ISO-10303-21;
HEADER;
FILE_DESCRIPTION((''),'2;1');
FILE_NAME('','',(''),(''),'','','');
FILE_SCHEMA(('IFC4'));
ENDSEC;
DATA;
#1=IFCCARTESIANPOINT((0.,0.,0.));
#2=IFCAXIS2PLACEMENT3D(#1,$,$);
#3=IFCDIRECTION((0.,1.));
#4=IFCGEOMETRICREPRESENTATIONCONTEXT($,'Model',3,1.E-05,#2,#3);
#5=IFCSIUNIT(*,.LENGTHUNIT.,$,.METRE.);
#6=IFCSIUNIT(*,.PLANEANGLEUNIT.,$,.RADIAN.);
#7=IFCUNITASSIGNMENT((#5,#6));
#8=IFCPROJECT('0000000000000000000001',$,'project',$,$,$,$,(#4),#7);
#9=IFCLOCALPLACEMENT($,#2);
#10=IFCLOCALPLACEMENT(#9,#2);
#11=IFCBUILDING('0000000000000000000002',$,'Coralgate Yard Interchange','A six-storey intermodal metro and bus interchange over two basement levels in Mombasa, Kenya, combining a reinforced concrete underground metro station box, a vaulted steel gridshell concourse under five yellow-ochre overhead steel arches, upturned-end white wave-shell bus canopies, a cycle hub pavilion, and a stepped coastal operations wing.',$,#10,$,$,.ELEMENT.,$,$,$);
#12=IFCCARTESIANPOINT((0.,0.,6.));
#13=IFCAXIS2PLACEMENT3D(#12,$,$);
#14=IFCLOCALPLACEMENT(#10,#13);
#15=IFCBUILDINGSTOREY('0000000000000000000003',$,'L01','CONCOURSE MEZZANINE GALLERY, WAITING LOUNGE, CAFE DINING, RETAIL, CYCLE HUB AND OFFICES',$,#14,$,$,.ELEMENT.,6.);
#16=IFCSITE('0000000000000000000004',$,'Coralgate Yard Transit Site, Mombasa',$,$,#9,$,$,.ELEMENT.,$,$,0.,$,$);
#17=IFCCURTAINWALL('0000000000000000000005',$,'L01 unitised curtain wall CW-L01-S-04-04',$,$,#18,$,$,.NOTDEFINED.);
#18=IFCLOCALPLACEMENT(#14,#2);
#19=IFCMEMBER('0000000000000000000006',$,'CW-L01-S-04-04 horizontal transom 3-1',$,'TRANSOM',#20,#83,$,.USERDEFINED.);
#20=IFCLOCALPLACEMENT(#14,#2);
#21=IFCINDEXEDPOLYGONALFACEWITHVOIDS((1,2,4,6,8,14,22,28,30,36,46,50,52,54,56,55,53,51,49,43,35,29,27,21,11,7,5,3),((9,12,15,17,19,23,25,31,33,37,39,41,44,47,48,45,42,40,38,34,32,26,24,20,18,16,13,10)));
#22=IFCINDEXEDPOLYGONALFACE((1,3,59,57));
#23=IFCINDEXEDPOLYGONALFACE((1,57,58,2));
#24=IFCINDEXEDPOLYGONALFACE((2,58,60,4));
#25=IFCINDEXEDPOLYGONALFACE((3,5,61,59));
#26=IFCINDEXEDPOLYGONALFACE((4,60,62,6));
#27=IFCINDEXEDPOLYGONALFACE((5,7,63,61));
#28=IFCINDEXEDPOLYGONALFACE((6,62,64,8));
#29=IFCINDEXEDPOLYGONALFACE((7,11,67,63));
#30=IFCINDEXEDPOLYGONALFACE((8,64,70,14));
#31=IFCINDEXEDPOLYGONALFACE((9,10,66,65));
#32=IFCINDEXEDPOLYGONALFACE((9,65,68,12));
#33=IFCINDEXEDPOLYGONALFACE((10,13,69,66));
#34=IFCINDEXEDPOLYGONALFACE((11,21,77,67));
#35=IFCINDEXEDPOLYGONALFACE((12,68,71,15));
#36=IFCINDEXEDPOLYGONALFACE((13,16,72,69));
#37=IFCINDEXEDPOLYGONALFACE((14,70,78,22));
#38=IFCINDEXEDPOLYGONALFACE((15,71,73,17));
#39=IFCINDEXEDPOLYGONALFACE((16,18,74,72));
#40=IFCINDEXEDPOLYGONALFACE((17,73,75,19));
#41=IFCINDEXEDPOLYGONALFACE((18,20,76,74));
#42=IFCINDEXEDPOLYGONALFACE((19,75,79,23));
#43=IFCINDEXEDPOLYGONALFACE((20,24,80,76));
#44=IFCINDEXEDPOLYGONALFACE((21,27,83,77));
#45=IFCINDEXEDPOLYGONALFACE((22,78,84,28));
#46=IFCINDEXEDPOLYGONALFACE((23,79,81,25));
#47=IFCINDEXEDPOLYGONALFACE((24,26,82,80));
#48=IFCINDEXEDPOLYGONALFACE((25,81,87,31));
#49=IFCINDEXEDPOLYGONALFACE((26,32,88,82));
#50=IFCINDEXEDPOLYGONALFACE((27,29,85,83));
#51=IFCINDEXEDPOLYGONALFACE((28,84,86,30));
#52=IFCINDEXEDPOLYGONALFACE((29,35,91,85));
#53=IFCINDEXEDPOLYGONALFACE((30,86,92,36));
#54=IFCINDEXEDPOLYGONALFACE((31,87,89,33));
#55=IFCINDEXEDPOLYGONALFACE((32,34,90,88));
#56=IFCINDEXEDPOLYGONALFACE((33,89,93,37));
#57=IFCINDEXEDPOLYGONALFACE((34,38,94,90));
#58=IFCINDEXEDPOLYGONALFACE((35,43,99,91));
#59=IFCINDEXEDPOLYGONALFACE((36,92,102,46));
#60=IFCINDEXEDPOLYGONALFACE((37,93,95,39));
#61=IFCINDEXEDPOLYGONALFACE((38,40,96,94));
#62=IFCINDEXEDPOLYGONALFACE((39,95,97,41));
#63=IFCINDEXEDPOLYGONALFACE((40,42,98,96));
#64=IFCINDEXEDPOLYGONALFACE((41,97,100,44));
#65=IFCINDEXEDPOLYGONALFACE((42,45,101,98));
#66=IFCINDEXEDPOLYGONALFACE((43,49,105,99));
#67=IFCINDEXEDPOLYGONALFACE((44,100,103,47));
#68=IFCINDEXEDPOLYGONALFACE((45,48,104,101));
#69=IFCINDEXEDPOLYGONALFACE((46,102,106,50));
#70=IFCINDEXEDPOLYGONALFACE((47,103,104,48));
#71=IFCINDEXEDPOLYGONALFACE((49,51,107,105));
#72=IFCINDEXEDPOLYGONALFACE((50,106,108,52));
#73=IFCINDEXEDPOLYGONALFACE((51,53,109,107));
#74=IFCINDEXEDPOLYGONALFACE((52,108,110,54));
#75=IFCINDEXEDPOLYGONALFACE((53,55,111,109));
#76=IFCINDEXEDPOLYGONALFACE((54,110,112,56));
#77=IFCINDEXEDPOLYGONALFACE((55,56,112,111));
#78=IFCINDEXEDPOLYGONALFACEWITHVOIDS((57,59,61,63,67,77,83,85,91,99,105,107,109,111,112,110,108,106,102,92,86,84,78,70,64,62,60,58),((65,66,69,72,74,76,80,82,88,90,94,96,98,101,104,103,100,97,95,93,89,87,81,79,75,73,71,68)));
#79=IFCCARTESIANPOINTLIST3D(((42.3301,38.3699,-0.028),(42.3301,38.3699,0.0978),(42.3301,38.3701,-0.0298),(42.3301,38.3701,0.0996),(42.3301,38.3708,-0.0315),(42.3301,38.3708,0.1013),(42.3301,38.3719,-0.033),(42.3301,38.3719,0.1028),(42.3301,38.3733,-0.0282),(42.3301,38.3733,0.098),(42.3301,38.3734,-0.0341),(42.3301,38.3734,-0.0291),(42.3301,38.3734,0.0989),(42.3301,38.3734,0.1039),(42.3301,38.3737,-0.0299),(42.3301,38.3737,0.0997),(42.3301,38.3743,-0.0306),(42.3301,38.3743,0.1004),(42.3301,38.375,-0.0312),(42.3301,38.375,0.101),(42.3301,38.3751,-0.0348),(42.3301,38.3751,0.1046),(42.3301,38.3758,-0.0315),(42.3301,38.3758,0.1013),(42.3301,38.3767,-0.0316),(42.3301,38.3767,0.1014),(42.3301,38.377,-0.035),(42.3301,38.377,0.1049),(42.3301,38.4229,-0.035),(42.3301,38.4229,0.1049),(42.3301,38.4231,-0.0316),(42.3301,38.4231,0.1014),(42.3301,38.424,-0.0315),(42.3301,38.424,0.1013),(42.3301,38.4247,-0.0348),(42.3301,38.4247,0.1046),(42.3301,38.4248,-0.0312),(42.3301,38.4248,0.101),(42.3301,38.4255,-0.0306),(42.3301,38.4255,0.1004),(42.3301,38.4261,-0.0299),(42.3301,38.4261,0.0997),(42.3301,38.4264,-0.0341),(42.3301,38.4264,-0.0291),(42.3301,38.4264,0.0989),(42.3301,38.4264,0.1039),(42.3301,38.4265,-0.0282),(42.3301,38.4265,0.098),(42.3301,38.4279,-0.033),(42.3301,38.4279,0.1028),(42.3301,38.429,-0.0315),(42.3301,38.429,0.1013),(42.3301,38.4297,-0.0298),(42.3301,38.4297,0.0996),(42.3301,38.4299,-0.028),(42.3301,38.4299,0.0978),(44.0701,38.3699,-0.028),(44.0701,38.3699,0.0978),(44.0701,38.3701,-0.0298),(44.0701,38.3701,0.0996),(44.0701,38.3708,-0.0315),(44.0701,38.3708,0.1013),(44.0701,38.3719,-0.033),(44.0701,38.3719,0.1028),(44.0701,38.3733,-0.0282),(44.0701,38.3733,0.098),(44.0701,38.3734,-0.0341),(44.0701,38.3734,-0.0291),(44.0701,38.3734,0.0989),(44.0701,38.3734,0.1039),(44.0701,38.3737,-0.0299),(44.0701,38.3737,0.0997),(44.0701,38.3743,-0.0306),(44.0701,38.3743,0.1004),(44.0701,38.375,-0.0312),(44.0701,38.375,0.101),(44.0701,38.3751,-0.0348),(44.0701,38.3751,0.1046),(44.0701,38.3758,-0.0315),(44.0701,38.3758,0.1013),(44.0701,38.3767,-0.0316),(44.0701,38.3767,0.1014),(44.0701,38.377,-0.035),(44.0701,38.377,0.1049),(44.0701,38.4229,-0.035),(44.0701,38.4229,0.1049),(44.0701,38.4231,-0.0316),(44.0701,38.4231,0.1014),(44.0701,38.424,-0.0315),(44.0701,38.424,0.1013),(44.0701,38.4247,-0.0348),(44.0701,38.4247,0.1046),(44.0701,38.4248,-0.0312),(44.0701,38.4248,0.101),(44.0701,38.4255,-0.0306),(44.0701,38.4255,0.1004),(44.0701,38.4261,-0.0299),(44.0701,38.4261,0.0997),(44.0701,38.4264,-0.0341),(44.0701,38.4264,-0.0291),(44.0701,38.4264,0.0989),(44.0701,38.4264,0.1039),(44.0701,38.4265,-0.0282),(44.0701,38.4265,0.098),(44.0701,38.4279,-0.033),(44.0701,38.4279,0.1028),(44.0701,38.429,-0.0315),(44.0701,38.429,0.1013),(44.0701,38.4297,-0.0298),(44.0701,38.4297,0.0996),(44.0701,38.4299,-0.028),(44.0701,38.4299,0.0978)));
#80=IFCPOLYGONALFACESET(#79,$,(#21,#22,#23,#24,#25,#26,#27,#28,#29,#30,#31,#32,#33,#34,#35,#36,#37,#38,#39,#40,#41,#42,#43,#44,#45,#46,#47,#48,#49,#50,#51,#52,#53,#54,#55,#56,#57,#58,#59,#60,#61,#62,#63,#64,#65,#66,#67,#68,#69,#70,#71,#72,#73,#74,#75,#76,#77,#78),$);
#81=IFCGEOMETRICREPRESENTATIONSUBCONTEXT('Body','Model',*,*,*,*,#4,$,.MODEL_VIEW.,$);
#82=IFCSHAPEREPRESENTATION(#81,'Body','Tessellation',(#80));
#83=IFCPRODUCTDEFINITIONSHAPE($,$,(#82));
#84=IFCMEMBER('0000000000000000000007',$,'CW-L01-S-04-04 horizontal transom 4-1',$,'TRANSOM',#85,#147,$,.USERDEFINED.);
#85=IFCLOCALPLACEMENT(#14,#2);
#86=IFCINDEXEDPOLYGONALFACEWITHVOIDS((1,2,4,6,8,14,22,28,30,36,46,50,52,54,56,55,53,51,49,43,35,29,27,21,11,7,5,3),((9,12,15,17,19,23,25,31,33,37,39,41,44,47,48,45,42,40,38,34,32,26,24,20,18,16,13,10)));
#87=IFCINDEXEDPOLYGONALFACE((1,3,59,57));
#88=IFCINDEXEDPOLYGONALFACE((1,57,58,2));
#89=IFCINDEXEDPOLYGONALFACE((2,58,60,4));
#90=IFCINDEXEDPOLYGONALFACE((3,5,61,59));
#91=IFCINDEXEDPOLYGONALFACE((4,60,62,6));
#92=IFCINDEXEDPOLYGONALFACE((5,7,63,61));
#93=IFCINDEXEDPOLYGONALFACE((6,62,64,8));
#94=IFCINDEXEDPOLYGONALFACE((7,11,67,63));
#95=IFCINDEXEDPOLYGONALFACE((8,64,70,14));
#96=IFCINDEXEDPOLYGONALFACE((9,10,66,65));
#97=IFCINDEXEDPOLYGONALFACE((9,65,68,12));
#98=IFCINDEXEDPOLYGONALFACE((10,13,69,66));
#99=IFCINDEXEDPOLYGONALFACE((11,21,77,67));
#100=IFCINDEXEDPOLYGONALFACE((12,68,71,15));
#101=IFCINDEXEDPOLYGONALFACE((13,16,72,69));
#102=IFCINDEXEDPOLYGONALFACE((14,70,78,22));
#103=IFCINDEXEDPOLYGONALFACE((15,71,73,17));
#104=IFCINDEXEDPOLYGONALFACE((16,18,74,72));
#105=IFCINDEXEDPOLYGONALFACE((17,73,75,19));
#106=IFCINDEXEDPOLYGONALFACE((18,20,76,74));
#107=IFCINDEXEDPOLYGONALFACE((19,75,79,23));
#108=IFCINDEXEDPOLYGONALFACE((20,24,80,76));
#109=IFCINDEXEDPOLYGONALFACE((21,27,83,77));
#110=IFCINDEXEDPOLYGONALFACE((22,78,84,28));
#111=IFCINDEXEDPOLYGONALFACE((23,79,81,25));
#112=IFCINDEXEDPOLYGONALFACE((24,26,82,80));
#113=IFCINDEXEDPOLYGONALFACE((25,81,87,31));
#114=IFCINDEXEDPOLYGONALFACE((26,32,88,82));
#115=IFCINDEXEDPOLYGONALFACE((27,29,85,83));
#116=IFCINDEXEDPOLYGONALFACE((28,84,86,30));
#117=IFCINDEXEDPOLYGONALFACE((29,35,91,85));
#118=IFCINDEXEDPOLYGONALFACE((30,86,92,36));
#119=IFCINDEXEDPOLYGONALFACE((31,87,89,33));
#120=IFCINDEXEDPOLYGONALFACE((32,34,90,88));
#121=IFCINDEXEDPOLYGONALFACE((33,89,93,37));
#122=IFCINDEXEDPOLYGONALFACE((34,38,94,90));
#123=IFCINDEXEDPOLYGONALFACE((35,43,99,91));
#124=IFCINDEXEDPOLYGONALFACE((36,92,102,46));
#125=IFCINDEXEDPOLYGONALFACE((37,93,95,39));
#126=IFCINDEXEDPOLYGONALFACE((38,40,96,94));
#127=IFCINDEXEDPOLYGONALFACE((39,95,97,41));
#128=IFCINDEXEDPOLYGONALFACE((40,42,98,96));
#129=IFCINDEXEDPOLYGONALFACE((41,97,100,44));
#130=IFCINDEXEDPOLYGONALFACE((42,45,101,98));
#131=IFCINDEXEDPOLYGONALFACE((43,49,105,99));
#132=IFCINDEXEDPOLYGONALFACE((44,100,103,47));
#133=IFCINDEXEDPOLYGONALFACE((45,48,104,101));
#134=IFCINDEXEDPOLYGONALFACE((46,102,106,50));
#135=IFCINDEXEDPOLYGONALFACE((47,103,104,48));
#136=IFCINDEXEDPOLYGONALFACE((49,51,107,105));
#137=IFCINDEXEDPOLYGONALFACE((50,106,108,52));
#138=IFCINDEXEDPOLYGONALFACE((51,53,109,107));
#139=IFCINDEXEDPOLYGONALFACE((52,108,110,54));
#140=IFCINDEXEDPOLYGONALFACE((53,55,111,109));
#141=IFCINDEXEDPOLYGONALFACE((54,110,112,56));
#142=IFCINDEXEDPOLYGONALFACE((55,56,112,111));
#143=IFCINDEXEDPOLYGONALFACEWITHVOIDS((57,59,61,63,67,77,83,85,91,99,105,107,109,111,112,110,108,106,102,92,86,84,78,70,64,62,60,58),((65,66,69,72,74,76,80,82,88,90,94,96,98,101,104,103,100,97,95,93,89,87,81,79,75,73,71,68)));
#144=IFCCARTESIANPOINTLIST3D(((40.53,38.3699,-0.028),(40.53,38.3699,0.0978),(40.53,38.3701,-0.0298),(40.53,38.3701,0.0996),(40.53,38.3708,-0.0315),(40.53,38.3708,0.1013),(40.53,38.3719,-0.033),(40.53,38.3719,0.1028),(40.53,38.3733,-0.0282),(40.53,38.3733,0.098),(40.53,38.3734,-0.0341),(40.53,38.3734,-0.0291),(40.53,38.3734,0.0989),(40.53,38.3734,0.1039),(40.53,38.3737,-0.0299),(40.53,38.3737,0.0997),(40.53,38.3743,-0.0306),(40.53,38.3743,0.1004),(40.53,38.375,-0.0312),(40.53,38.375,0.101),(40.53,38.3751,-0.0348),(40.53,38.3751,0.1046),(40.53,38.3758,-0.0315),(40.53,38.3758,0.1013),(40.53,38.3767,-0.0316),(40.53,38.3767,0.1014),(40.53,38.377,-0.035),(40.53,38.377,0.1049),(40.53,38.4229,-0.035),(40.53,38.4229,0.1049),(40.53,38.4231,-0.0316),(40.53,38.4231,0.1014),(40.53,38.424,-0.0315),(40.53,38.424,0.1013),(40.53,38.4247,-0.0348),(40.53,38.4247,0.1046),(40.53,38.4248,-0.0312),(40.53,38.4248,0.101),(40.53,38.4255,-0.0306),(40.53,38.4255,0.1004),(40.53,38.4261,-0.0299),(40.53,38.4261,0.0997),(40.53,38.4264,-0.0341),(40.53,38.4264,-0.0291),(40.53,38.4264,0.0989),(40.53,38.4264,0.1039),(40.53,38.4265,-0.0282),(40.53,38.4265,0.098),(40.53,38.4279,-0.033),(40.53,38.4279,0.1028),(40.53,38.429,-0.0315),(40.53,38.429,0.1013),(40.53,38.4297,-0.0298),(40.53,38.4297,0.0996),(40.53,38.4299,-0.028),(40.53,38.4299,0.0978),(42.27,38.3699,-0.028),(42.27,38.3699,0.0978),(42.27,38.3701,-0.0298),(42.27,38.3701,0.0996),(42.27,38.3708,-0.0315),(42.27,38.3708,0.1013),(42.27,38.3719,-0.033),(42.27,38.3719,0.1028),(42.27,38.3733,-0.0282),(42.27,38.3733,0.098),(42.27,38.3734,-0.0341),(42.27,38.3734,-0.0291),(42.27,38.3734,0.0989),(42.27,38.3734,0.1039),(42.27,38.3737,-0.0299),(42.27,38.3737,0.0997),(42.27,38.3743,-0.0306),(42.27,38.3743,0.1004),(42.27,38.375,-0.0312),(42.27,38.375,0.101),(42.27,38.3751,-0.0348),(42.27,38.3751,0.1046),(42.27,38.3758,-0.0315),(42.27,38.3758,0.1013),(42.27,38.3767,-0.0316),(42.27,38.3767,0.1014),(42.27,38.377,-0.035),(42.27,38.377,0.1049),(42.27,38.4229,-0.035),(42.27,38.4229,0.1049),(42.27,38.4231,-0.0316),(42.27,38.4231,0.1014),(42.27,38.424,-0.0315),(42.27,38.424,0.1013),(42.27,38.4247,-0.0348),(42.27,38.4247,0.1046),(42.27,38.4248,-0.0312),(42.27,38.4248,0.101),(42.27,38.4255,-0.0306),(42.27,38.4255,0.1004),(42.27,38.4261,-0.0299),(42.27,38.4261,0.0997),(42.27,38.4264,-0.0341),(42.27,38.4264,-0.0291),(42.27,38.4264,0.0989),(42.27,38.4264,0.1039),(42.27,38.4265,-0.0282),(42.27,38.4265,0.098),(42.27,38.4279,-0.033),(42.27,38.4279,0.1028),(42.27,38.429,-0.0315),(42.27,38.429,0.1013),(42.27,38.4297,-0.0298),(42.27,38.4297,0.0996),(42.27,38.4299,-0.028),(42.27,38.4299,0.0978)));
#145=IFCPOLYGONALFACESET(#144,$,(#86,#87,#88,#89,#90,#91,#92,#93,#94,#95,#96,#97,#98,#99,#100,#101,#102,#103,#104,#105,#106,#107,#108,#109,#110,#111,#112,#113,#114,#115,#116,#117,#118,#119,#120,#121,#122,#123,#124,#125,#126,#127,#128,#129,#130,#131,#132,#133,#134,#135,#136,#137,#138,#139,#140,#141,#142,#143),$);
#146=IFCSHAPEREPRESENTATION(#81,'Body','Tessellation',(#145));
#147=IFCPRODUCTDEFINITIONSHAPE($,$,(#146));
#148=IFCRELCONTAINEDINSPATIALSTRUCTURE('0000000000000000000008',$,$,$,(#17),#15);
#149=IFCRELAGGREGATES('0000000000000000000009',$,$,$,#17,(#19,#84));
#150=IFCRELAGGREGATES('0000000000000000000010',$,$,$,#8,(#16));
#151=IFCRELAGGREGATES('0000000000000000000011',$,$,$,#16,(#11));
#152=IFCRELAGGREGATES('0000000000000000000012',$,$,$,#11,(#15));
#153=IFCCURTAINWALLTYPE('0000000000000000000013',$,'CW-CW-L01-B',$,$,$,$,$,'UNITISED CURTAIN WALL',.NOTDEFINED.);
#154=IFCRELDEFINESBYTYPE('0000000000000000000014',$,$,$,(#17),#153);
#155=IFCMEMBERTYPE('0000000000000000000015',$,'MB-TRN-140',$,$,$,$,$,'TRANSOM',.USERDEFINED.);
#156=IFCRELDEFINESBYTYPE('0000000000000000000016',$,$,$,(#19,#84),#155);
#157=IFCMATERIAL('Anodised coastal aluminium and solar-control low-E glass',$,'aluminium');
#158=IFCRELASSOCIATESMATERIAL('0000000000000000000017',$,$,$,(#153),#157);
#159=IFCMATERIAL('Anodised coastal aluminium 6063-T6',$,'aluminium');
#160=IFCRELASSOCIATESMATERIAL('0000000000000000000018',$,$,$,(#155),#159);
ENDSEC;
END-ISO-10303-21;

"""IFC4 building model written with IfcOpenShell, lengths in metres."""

from ifc_helpers import new_model, si_unit, direction, frame, origin, origin_2d, place, context, subcontext, project, spatial, hollow_rectangle, extrude, material, material_profile, profile_set, type_object, element, aggregate, save


model = new_model("IFC4")

# Units and contexts
model_context = context("Model", 3, precision=1e-05, world=origin(), true_north=direction((0.0, 1.0)))
body_context = subcontext(model_context, "Body", "Model", "MODEL_VIEW")
ifc_project = project(units=[si_unit("LENGTHUNIT", "METRE"), si_unit("PLANEANGLEUNIT", "RADIAN")], contexts=[model_context])

# Site, building, storey
site_placement = place(None, origin())
site = spatial("IfcSite", under=ifc_project, at=site_placement, Name="Coralgate Yard Transit Site, Mombasa", CompositionType="ELEMENT", RefElevation=0.0)
building_placement = place(site_placement, origin())
building = spatial("IfcBuilding", under=site, at=building_placement, Name="Coralgate Yard Interchange", Description="A six-storey intermodal metro and bus interchange over two basement levels in Mombasa, Kenya, combining a reinforced concrete underground metro station box, a vaulted steel gridshell concourse under five yellow-ochre overhead steel arches, upturned-end white wave-shell bus canopies, a cycle hub pavilion, and a stepped coastal operations wing.", CompositionType="ELEMENT")
storey_placement = place(building_placement, frame((0.0, 0.0, 6.0)))
storey = spatial("IfcBuildingStorey", under=building, at=storey_placement, Name="L01", Description="CONCOURSE MEZZANINE GALLERY, WAITING LOUNGE, CAFE DINING, RETAIL, CYCLE HUB AND OFFICES", CompositionType="ELEMENT", Elevation=6.0)

# Shared definitions
ifc_material_1 = material(Name="Anodised coastal aluminium and solar-control low-E glass", Category="aluminium")
curtain_wall_type_1 = type_object("IfcCurtainWallType", Name="CW-CW-L01-B", ElementType="UNITISED CURTAIN WALL", PredefinedType="NOTDEFINED", material=ifc_material_1)
ifc_material_2 = material(Name="Anodised coastal aluminium 6063-T6", Category="aluminium")

# Curtain wall
curtain_wall_1_placement = place(storey_placement, origin())
curtain_wall_1 = element("IfcCurtainWall", 1, at=curtain_wall_1_placement, inside=storey, type_object=curtain_wall_type_1, Name="L01 unitised curtain wall CW-L01-S-04-04", PredefinedType="NOTDEFINED")

# Members
ifc_material_profile_1 = material_profile(ifc_material_2, hollow_rectangle(XDim=0.0601, YDim=0.1399, WallThickness=0.0034, InnerFilletRadius=0.0034, OuterFilletRadius=0.0071, at=origin_2d()), Name="ALU 60x140x3.5")
ifc_profile_set_1 = profile_set([ifc_material_profile_1], Name="Anodised coastal aluminium 6063-T6")
member_type_1 = type_object("IfcMemberType", Name="MB-TRN-140", ElementType="TRANSOM", PredefinedType="USERDEFINED", material=ifc_profile_set_1)
member_1_placement = place(storey_placement, frame((44.0701, 38.3999, 0.0349), z_axis=(-1.0, 0.0, 0.0), x_axis=(0.0, -1.0, 0.0)))
member_1 = element("IfcMember", 2, at=member_1_placement, type_object=member_type_1, Name="CW-L01-S-04-04 horizontal transom 3-1", ObjectType="TRANSOM", PredefinedType="USERDEFINED", context=body_context, shape_type="SweptSolid", body=[
    extrude(hollow_rectangle(XDim=0.0601, YDim=0.1399, WallThickness=0.0034, InnerFilletRadius=0.0034, OuterFilletRadius=0.0071, at=origin_2d()), origin(), (0.0, 0.0, 1.0), 1.74),
])
member_2_placement = place(storey_placement, frame((42.27, 38.3999, 0.0349), z_axis=(-1.0, 0.0, 0.0), x_axis=(0.0, -1.0, 0.0)))
member_2 = element("IfcMember", 3, at=member_2_placement, type_object=member_type_1, Name="CW-L01-S-04-04 horizontal transom 4-1", ObjectType="TRANSOM", PredefinedType="USERDEFINED", context=body_context, shape_type="SweptSolid", body=[
    extrude(hollow_rectangle(XDim=0.0601, YDim=0.1399, WallThickness=0.0034, InnerFilletRadius=0.0034, OuterFilletRadius=0.0071, at=origin_2d()), origin(), (0.0, 0.0, 1.0), 1.74),
])

aggregate(curtain_wall_1, [member_1, member_2])

save(model, "model.ifc")
